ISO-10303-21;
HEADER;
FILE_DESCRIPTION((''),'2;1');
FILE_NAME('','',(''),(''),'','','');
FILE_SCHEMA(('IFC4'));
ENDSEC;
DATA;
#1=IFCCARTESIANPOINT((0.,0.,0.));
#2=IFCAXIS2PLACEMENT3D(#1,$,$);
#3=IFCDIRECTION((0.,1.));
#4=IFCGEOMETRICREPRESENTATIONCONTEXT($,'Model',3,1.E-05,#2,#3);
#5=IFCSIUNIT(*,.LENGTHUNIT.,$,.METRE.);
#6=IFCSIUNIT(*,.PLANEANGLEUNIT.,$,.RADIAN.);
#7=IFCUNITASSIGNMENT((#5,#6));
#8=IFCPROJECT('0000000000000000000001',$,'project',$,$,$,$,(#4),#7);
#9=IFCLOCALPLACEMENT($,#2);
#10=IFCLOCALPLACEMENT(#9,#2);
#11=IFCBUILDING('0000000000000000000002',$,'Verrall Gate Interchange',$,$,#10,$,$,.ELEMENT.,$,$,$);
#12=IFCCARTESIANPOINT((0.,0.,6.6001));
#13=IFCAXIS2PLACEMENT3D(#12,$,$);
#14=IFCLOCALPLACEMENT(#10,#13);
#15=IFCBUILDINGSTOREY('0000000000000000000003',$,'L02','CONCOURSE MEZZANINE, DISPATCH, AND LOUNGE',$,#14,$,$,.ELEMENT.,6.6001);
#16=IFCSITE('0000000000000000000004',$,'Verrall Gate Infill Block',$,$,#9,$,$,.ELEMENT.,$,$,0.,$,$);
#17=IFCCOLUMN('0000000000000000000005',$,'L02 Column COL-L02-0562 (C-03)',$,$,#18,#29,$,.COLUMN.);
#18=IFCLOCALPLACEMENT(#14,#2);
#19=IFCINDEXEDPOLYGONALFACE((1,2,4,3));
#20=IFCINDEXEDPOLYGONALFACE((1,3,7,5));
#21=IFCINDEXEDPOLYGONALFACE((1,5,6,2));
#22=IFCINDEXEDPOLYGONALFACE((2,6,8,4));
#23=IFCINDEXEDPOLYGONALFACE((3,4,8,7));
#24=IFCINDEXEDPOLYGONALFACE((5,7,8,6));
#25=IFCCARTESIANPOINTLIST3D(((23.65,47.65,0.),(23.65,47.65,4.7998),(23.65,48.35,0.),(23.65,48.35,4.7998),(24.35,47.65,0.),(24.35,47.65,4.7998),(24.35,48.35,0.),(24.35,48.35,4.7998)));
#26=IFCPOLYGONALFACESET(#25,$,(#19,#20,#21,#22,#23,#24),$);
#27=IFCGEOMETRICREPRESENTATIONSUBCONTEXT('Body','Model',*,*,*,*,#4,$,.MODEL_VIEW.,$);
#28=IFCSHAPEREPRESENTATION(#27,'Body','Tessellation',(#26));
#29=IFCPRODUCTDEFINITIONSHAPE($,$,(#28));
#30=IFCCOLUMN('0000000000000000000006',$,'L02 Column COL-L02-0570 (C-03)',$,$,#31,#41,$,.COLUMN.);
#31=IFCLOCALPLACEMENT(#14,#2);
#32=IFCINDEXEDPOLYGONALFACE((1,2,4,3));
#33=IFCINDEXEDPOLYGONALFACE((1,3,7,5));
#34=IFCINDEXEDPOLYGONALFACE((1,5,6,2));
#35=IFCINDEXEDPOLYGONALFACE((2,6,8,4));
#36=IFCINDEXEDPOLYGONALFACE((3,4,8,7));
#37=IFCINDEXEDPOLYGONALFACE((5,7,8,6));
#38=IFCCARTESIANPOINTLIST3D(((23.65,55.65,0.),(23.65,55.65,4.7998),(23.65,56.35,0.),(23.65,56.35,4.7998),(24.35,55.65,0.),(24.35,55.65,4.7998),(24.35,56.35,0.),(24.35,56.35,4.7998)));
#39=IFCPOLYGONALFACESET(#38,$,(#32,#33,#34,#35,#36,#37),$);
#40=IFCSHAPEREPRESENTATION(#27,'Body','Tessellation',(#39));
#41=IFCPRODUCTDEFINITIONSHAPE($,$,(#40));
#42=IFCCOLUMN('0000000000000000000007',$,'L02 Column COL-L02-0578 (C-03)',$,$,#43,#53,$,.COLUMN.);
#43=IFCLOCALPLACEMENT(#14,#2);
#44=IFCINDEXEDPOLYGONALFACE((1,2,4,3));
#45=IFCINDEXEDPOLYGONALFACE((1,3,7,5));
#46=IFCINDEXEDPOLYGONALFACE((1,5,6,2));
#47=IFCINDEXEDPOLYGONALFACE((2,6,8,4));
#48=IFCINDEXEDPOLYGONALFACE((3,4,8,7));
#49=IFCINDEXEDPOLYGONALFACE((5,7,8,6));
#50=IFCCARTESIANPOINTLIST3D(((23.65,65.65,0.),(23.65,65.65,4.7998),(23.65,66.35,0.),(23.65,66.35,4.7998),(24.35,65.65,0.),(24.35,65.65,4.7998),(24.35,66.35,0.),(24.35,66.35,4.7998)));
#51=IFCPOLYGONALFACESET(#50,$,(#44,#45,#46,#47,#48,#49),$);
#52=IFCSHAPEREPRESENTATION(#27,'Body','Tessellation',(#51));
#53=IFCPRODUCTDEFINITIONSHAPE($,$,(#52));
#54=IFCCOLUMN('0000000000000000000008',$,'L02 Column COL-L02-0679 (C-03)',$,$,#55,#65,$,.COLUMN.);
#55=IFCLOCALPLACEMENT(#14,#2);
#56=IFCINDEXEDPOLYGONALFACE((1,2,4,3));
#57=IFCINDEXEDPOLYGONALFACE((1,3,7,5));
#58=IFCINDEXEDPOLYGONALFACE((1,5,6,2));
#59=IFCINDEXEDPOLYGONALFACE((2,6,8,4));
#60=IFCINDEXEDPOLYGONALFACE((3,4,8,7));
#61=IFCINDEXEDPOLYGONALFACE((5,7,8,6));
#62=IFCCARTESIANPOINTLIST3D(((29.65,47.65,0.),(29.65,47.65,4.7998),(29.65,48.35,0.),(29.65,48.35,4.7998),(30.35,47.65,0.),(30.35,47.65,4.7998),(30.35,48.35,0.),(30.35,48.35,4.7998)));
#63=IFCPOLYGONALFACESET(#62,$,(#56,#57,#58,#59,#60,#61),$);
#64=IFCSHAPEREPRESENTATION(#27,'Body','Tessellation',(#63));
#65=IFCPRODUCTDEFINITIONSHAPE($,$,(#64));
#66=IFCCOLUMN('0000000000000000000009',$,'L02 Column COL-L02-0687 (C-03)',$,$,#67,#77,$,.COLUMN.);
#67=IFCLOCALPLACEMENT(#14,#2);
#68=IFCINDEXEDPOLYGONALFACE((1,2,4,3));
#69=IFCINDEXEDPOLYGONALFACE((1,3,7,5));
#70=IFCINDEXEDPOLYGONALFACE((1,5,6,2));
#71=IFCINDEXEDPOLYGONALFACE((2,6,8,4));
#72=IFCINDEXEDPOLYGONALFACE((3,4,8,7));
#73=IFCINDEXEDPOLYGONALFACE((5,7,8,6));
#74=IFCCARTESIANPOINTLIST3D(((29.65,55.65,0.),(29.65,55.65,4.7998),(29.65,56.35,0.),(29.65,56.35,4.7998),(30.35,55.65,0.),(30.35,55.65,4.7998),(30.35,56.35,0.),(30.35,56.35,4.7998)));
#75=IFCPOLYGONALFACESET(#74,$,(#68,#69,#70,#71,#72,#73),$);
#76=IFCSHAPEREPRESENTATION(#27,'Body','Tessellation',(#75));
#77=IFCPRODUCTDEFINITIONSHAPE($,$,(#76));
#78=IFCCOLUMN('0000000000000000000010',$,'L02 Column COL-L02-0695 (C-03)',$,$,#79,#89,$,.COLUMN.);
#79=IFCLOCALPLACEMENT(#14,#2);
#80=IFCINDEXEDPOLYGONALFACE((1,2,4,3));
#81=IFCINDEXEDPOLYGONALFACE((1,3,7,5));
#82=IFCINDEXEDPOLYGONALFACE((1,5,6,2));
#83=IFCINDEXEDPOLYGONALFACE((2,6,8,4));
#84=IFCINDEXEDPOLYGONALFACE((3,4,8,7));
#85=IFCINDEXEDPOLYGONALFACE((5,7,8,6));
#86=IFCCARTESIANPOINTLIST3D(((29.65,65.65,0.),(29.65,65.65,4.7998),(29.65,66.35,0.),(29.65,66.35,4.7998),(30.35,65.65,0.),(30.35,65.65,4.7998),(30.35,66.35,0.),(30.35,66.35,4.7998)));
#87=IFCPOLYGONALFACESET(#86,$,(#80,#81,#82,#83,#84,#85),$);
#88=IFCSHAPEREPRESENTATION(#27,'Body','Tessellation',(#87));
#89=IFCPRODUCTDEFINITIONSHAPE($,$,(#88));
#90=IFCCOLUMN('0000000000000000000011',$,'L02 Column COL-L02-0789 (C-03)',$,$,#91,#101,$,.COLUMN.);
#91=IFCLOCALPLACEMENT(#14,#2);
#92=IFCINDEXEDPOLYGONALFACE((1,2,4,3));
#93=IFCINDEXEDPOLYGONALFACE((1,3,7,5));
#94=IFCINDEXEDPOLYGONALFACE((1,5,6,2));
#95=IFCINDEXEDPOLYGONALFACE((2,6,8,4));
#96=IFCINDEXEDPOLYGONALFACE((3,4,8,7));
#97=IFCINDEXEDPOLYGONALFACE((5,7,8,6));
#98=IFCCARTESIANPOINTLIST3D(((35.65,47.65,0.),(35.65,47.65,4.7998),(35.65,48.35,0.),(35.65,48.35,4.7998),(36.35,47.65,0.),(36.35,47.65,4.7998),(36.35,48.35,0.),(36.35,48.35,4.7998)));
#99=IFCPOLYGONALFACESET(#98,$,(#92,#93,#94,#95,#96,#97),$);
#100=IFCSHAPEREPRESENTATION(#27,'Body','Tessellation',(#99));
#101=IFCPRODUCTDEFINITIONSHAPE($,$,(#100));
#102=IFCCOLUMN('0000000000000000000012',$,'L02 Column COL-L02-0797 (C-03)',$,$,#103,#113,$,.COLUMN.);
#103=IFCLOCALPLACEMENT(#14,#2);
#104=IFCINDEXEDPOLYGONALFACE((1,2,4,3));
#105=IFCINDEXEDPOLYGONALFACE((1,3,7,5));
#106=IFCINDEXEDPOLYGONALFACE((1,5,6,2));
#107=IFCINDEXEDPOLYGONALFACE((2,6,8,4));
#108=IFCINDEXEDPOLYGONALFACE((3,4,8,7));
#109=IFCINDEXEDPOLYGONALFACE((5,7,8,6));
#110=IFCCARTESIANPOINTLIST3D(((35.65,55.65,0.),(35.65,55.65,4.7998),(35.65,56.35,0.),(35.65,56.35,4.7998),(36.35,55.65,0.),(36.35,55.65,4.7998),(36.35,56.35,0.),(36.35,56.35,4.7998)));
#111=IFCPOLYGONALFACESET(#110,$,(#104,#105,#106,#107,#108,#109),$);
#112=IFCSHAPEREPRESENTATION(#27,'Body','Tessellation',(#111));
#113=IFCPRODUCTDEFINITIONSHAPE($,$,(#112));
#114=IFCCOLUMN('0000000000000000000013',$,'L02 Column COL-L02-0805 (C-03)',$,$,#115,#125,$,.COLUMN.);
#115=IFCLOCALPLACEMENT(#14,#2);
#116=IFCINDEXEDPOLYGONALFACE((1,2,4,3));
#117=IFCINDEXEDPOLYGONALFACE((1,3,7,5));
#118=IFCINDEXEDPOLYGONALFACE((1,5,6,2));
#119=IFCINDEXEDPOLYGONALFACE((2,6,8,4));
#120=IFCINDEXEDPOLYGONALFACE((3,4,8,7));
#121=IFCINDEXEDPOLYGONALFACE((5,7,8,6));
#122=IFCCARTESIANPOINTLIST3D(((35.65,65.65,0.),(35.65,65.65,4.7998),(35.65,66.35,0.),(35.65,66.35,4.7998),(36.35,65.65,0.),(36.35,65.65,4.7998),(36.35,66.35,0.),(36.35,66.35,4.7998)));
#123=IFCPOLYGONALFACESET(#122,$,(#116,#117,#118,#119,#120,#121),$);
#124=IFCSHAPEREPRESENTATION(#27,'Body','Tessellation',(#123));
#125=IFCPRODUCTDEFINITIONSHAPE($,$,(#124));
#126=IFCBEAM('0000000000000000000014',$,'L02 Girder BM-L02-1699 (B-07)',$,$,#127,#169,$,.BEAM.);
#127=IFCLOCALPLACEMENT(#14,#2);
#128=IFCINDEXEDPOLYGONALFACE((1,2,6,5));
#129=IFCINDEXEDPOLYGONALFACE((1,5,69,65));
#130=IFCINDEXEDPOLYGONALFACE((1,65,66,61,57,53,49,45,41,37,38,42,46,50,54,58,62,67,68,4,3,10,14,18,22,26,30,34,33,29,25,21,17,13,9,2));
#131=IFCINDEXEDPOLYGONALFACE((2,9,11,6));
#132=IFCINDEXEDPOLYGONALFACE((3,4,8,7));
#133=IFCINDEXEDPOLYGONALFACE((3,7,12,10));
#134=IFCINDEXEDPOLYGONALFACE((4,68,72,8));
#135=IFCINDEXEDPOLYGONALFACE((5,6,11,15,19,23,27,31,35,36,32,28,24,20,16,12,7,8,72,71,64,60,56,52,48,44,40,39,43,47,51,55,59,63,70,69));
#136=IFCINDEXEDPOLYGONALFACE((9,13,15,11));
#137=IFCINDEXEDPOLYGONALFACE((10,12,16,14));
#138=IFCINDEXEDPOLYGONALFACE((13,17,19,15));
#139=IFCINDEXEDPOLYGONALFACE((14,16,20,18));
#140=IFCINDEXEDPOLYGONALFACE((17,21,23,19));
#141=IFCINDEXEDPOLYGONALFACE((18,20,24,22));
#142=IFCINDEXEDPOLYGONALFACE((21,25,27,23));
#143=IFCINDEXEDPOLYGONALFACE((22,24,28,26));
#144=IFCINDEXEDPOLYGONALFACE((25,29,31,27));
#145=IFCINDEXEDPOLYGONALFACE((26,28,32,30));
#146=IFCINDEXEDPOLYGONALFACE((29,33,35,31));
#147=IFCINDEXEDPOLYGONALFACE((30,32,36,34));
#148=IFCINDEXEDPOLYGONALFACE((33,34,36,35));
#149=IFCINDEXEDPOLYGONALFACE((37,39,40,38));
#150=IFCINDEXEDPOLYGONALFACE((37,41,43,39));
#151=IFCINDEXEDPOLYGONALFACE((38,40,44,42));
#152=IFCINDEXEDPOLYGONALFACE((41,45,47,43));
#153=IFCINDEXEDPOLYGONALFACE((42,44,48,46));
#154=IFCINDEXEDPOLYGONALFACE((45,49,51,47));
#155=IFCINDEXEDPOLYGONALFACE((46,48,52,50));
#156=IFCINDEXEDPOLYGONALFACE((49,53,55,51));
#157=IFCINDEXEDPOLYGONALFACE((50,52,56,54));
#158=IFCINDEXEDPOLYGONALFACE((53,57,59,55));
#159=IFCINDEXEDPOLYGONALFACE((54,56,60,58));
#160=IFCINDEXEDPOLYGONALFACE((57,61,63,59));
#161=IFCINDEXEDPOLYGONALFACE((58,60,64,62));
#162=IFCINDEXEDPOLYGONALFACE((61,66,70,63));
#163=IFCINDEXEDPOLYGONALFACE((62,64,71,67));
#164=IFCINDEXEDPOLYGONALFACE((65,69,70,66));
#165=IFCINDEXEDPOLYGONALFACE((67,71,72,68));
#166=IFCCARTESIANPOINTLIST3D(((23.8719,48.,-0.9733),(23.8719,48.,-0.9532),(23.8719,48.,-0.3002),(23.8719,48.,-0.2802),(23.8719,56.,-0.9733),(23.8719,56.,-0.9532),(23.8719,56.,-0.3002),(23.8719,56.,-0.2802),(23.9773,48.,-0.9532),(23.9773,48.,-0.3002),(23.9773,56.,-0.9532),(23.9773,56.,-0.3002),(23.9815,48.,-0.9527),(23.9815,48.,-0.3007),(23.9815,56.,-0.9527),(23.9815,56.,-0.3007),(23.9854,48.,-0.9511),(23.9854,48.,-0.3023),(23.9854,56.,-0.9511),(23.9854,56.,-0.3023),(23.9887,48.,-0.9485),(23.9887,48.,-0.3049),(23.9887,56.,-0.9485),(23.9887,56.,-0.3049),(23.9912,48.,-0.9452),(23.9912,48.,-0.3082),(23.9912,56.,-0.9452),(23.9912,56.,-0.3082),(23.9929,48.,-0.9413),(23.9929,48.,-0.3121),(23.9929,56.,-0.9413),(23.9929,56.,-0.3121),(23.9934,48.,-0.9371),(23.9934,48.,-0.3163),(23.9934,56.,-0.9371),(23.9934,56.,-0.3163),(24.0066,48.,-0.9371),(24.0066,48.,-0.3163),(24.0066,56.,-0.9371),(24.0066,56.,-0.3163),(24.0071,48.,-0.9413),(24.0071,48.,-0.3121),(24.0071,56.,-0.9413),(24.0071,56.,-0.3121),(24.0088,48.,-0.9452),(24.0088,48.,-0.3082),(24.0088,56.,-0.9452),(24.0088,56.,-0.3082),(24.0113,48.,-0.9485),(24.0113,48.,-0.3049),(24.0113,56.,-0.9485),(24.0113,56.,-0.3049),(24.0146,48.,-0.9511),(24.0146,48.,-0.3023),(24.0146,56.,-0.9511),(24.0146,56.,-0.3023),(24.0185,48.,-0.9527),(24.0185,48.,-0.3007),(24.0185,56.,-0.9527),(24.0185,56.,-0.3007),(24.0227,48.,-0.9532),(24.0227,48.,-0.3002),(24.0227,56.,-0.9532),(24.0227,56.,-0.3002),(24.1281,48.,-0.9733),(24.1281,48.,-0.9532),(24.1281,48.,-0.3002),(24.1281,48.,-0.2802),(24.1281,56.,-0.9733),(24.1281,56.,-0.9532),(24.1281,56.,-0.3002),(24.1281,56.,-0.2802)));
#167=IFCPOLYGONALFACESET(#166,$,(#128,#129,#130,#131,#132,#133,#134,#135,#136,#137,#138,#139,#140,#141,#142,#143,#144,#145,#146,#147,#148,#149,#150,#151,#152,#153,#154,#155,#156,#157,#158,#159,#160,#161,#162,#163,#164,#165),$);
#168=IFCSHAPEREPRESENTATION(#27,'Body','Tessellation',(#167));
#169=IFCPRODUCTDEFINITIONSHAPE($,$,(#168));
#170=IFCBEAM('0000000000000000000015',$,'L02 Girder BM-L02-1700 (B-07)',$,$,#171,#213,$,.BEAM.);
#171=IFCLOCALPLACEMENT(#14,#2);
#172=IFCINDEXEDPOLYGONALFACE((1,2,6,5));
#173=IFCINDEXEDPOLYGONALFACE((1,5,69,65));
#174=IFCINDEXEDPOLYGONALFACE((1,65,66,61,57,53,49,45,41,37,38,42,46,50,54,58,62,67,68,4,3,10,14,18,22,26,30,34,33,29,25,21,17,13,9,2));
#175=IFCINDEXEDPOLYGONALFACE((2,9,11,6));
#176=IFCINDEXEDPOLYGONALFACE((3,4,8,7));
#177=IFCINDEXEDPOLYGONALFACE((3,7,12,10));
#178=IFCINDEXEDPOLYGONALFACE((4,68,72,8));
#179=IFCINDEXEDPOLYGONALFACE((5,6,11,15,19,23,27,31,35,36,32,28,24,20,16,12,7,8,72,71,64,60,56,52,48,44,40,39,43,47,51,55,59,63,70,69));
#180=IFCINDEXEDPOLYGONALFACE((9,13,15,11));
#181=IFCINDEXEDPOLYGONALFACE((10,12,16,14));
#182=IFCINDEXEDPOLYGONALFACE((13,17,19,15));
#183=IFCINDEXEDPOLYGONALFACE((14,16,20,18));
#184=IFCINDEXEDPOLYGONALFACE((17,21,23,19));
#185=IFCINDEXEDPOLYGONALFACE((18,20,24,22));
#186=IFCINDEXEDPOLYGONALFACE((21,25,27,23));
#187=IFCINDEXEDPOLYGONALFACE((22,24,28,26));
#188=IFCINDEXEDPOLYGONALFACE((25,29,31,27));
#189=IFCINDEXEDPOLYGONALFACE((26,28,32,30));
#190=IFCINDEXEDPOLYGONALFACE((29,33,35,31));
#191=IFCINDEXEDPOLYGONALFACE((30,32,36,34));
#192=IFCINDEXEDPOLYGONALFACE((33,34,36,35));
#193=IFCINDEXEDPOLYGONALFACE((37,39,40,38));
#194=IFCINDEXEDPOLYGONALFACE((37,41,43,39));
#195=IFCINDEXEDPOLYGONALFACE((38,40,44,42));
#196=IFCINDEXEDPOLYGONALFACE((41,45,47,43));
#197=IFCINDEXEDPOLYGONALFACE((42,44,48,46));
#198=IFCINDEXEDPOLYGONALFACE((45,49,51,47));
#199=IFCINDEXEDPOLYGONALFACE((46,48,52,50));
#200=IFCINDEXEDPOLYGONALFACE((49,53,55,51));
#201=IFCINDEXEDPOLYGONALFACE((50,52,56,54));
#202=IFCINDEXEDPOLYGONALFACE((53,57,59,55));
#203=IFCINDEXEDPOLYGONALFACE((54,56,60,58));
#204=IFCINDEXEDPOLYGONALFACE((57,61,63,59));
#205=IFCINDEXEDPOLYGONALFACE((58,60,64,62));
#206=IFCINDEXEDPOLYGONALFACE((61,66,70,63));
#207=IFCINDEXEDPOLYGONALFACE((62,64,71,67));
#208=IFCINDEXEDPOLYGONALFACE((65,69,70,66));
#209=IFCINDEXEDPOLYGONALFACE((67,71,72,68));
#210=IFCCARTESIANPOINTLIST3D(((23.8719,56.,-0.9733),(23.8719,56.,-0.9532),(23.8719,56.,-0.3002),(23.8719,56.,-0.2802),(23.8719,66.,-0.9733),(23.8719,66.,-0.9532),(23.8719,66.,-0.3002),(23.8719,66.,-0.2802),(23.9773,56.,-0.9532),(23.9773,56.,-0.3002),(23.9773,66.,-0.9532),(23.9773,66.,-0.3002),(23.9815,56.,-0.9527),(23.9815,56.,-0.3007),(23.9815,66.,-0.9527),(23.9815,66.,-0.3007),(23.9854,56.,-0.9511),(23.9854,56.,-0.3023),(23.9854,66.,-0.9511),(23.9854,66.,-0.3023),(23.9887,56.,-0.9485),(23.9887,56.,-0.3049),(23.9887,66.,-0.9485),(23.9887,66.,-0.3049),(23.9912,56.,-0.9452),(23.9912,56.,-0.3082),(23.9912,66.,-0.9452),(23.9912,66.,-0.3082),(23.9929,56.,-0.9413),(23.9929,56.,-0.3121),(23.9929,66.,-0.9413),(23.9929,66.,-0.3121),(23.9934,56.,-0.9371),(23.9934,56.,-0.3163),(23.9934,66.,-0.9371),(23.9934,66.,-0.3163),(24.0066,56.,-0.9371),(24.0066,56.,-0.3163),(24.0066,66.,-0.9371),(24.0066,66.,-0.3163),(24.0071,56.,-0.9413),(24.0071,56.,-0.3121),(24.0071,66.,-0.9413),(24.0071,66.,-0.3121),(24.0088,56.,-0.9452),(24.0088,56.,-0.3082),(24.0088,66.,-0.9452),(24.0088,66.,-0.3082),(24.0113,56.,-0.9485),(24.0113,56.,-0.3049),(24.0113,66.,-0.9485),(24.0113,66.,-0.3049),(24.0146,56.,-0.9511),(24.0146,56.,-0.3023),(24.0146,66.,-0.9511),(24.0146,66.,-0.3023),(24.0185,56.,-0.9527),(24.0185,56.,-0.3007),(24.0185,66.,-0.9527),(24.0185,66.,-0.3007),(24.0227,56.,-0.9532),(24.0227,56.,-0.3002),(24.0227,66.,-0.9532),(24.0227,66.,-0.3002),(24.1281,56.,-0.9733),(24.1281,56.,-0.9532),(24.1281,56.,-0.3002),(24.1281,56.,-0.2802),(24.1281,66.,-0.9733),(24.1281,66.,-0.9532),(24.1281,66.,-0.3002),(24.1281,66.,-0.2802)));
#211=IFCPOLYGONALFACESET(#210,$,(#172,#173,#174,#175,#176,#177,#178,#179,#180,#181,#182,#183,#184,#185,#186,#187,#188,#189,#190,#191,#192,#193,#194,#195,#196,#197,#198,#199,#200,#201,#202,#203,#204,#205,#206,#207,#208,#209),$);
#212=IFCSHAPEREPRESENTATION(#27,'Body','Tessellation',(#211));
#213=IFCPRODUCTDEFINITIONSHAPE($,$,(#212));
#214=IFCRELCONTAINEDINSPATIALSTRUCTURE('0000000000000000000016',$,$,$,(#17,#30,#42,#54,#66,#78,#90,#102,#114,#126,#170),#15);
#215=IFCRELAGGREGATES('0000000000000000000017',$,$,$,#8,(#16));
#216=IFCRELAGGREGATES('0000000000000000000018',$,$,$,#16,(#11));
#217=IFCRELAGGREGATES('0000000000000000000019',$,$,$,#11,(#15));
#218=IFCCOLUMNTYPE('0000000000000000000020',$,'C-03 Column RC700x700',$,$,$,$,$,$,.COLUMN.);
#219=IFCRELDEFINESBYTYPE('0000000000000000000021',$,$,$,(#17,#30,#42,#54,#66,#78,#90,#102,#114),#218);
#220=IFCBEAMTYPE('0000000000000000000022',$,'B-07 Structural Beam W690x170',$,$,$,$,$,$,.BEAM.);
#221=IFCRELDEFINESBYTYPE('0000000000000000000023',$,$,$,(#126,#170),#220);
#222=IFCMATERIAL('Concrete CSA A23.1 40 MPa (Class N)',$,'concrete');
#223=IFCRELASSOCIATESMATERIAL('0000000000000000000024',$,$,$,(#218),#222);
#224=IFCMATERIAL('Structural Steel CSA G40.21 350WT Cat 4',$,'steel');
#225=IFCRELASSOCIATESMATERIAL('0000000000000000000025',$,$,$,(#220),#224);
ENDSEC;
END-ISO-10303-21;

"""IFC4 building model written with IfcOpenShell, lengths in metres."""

from ifc_helpers import new_model, si_unit, direction, frame, origin, origin_2d, place, context, subcontext, project, spatial, rectangle, i_section, extrude, material, material_profile, profile_set, type_object, element, save


model = new_model("IFC4")

# Units and contexts
model_context = context("Model", 3, precision=1e-05, world=origin(), true_north=direction((0.0, 1.0)))
body_context = subcontext(model_context, "Body", "Model", "MODEL_VIEW")
ifc_project = project(units=[si_unit("LENGTHUNIT", "METRE"), si_unit("PLANEANGLEUNIT", "RADIAN")], contexts=[model_context])

# Site, building, storey
site_placement = place(None, origin())
site = spatial("IfcSite", under=ifc_project, at=site_placement, Name="Verrall Gate Infill Block", CompositionType="ELEMENT", RefElevation=0.0)
building_placement = place(site_placement, origin())
building = spatial("IfcBuilding", under=site, at=building_placement, Name="Verrall Gate Interchange", CompositionType="ELEMENT")
storey_placement = place(building_placement, frame((0.0, 0.0, 6.6001)))
storey = spatial("IfcBuildingStorey", under=building, at=storey_placement, Name="L02", Description="CONCOURSE MEZZANINE, DISPATCH, AND LOUNGE", CompositionType="ELEMENT", Elevation=6.6001)

# Columns
ifc_material_1 = material(Name="Concrete CSA A23.1 40 MPa (Class N)", Category="concrete")
ifc_material_profile_1 = material_profile(ifc_material_1, rectangle(XDim=0.7, YDim=0.7, at=origin_2d()), Name="RC700x700")
ifc_profile_set_1 = profile_set([ifc_material_profile_1], Name="Concrete CSA A23.1 40 MPa (Class N)")
column_type = type_object("IfcColumnType", Name="C-03 Column RC700x700", PredefinedType="COLUMN", material=ifc_profile_set_1)
for number, where, z_axis, x_axis, name in (
    (1, (24.0, 48.0, 0.0), (0.0, 0.0, 1.0), (1.0, 0.0, 0.0), "L02 Column COL-L02-0562 (C-03)"),
    (2, (24.0, 56.0, 0.0), (0.0, 0.0, 1.0), (1.0, 0.0, 0.0), "L02 Column COL-L02-0570 (C-03)"),
    (3, (24.0, 66.0, 0.0), (0.0, 0.0, 1.0), (1.0, 0.0, 0.0), "L02 Column COL-L02-0578 (C-03)"),
    (4, (30.0, 48.0, 0.0), (0.0, 0.0, 1.0), (1.0, 0.0, 0.0), "L02 Column COL-L02-0679 (C-03)"),
    (5, (30.0, 56.0, 0.0), (0.0, 0.0, 1.0), (1.0, 0.0, 0.0), "L02 Column COL-L02-0687 (C-03)"),
    (6, (30.0, 66.0, 0.0), (0.0, 0.0, 1.0), (1.0, 0.0, 0.0), "L02 Column COL-L02-0695 (C-03)"),
    (7, (36.0, 48.0, 0.0), (0.0, 0.0, 1.0), (1.0, 0.0, 0.0), "L02 Column COL-L02-0789 (C-03)"),
    (8, (36.0, 56.0, 0.0), (0.0, 0.0, 1.0), (1.0, 0.0, 0.0), "L02 Column COL-L02-0797 (C-03)"),
    (9, (36.0, 66.0, 0.0), (0.0, 0.0, 1.0), (1.0, 0.0, 0.0), "L02 Column COL-L02-0805 (C-03)"),
):
    element("IfcColumn", number, at=place(storey_placement, frame(where, z_axis=z_axis, x_axis=x_axis)), inside=storey, type_object=column_type, Name=name, PredefinedType="COLUMN", context=body_context, shape_type="SweptSolid", body=[
        extrude(rectangle(XDim=0.7, YDim=0.7, at=origin_2d()), origin(), (0.0, 0.0, 1.0), 4.7998),
    ])

# Beams
ifc_material_2 = material(Name="Structural Steel CSA G40.21 350WT Cat 4", Category="steel")
ifc_material_profile_2 = material_profile(ifc_material_2, i_section(OverallWidth=0.2561, OverallDepth=0.6931, WebThickness=0.0132, FlangeThickness=0.02, FilletRadius=0.0161, at=origin_2d()), Name="W690x170")
ifc_profile_set_2 = profile_set([ifc_material_profile_2], Name="Structural Steel CSA G40.21 350WT Cat 4")
beam_type_1 = type_object("IfcBeamType", Name="B-07 Structural Beam W690x170", PredefinedType="BEAM", material=ifc_profile_set_2)
beam_1_placement = place(storey_placement, frame((24.0, 48.0, -0.6267), z_axis=(0.0, 1.0, 0.0), x_axis=(-1.0, 0.0, 0.0)))
element("IfcBeam", 10, at=beam_1_placement, inside=storey, type_object=beam_type_1, Name="L02 Girder BM-L02-1699 (B-07)", PredefinedType="BEAM", context=body_context, shape_type="SweptSolid", body=[
    extrude(i_section(OverallWidth=0.2561, OverallDepth=0.6931, WebThickness=0.0132, FlangeThickness=0.02, FilletRadius=0.0161, at=origin_2d()), origin(), (0.0, 0.0, 1.0), 8.0),
])
beam_2_placement = place(storey_placement, frame((24.0, 56.0, -0.6267), z_axis=(0.0, 1.0, 0.0), x_axis=(-1.0, 0.0, 0.0)))
element("IfcBeam", 11, at=beam_2_placement, inside=storey, type_object=beam_type_1, Name="L02 Girder BM-L02-1700 (B-07)", PredefinedType="BEAM", context=body_context, shape_type="SweptSolid", body=[
    extrude(i_section(OverallWidth=0.2561, OverallDepth=0.6931, WebThickness=0.0132, FlangeThickness=0.02, FilletRadius=0.0161, at=origin_2d()), origin(), (0.0, 0.0, 1.0), 10.0),
])

save(model, "model.ifc")
